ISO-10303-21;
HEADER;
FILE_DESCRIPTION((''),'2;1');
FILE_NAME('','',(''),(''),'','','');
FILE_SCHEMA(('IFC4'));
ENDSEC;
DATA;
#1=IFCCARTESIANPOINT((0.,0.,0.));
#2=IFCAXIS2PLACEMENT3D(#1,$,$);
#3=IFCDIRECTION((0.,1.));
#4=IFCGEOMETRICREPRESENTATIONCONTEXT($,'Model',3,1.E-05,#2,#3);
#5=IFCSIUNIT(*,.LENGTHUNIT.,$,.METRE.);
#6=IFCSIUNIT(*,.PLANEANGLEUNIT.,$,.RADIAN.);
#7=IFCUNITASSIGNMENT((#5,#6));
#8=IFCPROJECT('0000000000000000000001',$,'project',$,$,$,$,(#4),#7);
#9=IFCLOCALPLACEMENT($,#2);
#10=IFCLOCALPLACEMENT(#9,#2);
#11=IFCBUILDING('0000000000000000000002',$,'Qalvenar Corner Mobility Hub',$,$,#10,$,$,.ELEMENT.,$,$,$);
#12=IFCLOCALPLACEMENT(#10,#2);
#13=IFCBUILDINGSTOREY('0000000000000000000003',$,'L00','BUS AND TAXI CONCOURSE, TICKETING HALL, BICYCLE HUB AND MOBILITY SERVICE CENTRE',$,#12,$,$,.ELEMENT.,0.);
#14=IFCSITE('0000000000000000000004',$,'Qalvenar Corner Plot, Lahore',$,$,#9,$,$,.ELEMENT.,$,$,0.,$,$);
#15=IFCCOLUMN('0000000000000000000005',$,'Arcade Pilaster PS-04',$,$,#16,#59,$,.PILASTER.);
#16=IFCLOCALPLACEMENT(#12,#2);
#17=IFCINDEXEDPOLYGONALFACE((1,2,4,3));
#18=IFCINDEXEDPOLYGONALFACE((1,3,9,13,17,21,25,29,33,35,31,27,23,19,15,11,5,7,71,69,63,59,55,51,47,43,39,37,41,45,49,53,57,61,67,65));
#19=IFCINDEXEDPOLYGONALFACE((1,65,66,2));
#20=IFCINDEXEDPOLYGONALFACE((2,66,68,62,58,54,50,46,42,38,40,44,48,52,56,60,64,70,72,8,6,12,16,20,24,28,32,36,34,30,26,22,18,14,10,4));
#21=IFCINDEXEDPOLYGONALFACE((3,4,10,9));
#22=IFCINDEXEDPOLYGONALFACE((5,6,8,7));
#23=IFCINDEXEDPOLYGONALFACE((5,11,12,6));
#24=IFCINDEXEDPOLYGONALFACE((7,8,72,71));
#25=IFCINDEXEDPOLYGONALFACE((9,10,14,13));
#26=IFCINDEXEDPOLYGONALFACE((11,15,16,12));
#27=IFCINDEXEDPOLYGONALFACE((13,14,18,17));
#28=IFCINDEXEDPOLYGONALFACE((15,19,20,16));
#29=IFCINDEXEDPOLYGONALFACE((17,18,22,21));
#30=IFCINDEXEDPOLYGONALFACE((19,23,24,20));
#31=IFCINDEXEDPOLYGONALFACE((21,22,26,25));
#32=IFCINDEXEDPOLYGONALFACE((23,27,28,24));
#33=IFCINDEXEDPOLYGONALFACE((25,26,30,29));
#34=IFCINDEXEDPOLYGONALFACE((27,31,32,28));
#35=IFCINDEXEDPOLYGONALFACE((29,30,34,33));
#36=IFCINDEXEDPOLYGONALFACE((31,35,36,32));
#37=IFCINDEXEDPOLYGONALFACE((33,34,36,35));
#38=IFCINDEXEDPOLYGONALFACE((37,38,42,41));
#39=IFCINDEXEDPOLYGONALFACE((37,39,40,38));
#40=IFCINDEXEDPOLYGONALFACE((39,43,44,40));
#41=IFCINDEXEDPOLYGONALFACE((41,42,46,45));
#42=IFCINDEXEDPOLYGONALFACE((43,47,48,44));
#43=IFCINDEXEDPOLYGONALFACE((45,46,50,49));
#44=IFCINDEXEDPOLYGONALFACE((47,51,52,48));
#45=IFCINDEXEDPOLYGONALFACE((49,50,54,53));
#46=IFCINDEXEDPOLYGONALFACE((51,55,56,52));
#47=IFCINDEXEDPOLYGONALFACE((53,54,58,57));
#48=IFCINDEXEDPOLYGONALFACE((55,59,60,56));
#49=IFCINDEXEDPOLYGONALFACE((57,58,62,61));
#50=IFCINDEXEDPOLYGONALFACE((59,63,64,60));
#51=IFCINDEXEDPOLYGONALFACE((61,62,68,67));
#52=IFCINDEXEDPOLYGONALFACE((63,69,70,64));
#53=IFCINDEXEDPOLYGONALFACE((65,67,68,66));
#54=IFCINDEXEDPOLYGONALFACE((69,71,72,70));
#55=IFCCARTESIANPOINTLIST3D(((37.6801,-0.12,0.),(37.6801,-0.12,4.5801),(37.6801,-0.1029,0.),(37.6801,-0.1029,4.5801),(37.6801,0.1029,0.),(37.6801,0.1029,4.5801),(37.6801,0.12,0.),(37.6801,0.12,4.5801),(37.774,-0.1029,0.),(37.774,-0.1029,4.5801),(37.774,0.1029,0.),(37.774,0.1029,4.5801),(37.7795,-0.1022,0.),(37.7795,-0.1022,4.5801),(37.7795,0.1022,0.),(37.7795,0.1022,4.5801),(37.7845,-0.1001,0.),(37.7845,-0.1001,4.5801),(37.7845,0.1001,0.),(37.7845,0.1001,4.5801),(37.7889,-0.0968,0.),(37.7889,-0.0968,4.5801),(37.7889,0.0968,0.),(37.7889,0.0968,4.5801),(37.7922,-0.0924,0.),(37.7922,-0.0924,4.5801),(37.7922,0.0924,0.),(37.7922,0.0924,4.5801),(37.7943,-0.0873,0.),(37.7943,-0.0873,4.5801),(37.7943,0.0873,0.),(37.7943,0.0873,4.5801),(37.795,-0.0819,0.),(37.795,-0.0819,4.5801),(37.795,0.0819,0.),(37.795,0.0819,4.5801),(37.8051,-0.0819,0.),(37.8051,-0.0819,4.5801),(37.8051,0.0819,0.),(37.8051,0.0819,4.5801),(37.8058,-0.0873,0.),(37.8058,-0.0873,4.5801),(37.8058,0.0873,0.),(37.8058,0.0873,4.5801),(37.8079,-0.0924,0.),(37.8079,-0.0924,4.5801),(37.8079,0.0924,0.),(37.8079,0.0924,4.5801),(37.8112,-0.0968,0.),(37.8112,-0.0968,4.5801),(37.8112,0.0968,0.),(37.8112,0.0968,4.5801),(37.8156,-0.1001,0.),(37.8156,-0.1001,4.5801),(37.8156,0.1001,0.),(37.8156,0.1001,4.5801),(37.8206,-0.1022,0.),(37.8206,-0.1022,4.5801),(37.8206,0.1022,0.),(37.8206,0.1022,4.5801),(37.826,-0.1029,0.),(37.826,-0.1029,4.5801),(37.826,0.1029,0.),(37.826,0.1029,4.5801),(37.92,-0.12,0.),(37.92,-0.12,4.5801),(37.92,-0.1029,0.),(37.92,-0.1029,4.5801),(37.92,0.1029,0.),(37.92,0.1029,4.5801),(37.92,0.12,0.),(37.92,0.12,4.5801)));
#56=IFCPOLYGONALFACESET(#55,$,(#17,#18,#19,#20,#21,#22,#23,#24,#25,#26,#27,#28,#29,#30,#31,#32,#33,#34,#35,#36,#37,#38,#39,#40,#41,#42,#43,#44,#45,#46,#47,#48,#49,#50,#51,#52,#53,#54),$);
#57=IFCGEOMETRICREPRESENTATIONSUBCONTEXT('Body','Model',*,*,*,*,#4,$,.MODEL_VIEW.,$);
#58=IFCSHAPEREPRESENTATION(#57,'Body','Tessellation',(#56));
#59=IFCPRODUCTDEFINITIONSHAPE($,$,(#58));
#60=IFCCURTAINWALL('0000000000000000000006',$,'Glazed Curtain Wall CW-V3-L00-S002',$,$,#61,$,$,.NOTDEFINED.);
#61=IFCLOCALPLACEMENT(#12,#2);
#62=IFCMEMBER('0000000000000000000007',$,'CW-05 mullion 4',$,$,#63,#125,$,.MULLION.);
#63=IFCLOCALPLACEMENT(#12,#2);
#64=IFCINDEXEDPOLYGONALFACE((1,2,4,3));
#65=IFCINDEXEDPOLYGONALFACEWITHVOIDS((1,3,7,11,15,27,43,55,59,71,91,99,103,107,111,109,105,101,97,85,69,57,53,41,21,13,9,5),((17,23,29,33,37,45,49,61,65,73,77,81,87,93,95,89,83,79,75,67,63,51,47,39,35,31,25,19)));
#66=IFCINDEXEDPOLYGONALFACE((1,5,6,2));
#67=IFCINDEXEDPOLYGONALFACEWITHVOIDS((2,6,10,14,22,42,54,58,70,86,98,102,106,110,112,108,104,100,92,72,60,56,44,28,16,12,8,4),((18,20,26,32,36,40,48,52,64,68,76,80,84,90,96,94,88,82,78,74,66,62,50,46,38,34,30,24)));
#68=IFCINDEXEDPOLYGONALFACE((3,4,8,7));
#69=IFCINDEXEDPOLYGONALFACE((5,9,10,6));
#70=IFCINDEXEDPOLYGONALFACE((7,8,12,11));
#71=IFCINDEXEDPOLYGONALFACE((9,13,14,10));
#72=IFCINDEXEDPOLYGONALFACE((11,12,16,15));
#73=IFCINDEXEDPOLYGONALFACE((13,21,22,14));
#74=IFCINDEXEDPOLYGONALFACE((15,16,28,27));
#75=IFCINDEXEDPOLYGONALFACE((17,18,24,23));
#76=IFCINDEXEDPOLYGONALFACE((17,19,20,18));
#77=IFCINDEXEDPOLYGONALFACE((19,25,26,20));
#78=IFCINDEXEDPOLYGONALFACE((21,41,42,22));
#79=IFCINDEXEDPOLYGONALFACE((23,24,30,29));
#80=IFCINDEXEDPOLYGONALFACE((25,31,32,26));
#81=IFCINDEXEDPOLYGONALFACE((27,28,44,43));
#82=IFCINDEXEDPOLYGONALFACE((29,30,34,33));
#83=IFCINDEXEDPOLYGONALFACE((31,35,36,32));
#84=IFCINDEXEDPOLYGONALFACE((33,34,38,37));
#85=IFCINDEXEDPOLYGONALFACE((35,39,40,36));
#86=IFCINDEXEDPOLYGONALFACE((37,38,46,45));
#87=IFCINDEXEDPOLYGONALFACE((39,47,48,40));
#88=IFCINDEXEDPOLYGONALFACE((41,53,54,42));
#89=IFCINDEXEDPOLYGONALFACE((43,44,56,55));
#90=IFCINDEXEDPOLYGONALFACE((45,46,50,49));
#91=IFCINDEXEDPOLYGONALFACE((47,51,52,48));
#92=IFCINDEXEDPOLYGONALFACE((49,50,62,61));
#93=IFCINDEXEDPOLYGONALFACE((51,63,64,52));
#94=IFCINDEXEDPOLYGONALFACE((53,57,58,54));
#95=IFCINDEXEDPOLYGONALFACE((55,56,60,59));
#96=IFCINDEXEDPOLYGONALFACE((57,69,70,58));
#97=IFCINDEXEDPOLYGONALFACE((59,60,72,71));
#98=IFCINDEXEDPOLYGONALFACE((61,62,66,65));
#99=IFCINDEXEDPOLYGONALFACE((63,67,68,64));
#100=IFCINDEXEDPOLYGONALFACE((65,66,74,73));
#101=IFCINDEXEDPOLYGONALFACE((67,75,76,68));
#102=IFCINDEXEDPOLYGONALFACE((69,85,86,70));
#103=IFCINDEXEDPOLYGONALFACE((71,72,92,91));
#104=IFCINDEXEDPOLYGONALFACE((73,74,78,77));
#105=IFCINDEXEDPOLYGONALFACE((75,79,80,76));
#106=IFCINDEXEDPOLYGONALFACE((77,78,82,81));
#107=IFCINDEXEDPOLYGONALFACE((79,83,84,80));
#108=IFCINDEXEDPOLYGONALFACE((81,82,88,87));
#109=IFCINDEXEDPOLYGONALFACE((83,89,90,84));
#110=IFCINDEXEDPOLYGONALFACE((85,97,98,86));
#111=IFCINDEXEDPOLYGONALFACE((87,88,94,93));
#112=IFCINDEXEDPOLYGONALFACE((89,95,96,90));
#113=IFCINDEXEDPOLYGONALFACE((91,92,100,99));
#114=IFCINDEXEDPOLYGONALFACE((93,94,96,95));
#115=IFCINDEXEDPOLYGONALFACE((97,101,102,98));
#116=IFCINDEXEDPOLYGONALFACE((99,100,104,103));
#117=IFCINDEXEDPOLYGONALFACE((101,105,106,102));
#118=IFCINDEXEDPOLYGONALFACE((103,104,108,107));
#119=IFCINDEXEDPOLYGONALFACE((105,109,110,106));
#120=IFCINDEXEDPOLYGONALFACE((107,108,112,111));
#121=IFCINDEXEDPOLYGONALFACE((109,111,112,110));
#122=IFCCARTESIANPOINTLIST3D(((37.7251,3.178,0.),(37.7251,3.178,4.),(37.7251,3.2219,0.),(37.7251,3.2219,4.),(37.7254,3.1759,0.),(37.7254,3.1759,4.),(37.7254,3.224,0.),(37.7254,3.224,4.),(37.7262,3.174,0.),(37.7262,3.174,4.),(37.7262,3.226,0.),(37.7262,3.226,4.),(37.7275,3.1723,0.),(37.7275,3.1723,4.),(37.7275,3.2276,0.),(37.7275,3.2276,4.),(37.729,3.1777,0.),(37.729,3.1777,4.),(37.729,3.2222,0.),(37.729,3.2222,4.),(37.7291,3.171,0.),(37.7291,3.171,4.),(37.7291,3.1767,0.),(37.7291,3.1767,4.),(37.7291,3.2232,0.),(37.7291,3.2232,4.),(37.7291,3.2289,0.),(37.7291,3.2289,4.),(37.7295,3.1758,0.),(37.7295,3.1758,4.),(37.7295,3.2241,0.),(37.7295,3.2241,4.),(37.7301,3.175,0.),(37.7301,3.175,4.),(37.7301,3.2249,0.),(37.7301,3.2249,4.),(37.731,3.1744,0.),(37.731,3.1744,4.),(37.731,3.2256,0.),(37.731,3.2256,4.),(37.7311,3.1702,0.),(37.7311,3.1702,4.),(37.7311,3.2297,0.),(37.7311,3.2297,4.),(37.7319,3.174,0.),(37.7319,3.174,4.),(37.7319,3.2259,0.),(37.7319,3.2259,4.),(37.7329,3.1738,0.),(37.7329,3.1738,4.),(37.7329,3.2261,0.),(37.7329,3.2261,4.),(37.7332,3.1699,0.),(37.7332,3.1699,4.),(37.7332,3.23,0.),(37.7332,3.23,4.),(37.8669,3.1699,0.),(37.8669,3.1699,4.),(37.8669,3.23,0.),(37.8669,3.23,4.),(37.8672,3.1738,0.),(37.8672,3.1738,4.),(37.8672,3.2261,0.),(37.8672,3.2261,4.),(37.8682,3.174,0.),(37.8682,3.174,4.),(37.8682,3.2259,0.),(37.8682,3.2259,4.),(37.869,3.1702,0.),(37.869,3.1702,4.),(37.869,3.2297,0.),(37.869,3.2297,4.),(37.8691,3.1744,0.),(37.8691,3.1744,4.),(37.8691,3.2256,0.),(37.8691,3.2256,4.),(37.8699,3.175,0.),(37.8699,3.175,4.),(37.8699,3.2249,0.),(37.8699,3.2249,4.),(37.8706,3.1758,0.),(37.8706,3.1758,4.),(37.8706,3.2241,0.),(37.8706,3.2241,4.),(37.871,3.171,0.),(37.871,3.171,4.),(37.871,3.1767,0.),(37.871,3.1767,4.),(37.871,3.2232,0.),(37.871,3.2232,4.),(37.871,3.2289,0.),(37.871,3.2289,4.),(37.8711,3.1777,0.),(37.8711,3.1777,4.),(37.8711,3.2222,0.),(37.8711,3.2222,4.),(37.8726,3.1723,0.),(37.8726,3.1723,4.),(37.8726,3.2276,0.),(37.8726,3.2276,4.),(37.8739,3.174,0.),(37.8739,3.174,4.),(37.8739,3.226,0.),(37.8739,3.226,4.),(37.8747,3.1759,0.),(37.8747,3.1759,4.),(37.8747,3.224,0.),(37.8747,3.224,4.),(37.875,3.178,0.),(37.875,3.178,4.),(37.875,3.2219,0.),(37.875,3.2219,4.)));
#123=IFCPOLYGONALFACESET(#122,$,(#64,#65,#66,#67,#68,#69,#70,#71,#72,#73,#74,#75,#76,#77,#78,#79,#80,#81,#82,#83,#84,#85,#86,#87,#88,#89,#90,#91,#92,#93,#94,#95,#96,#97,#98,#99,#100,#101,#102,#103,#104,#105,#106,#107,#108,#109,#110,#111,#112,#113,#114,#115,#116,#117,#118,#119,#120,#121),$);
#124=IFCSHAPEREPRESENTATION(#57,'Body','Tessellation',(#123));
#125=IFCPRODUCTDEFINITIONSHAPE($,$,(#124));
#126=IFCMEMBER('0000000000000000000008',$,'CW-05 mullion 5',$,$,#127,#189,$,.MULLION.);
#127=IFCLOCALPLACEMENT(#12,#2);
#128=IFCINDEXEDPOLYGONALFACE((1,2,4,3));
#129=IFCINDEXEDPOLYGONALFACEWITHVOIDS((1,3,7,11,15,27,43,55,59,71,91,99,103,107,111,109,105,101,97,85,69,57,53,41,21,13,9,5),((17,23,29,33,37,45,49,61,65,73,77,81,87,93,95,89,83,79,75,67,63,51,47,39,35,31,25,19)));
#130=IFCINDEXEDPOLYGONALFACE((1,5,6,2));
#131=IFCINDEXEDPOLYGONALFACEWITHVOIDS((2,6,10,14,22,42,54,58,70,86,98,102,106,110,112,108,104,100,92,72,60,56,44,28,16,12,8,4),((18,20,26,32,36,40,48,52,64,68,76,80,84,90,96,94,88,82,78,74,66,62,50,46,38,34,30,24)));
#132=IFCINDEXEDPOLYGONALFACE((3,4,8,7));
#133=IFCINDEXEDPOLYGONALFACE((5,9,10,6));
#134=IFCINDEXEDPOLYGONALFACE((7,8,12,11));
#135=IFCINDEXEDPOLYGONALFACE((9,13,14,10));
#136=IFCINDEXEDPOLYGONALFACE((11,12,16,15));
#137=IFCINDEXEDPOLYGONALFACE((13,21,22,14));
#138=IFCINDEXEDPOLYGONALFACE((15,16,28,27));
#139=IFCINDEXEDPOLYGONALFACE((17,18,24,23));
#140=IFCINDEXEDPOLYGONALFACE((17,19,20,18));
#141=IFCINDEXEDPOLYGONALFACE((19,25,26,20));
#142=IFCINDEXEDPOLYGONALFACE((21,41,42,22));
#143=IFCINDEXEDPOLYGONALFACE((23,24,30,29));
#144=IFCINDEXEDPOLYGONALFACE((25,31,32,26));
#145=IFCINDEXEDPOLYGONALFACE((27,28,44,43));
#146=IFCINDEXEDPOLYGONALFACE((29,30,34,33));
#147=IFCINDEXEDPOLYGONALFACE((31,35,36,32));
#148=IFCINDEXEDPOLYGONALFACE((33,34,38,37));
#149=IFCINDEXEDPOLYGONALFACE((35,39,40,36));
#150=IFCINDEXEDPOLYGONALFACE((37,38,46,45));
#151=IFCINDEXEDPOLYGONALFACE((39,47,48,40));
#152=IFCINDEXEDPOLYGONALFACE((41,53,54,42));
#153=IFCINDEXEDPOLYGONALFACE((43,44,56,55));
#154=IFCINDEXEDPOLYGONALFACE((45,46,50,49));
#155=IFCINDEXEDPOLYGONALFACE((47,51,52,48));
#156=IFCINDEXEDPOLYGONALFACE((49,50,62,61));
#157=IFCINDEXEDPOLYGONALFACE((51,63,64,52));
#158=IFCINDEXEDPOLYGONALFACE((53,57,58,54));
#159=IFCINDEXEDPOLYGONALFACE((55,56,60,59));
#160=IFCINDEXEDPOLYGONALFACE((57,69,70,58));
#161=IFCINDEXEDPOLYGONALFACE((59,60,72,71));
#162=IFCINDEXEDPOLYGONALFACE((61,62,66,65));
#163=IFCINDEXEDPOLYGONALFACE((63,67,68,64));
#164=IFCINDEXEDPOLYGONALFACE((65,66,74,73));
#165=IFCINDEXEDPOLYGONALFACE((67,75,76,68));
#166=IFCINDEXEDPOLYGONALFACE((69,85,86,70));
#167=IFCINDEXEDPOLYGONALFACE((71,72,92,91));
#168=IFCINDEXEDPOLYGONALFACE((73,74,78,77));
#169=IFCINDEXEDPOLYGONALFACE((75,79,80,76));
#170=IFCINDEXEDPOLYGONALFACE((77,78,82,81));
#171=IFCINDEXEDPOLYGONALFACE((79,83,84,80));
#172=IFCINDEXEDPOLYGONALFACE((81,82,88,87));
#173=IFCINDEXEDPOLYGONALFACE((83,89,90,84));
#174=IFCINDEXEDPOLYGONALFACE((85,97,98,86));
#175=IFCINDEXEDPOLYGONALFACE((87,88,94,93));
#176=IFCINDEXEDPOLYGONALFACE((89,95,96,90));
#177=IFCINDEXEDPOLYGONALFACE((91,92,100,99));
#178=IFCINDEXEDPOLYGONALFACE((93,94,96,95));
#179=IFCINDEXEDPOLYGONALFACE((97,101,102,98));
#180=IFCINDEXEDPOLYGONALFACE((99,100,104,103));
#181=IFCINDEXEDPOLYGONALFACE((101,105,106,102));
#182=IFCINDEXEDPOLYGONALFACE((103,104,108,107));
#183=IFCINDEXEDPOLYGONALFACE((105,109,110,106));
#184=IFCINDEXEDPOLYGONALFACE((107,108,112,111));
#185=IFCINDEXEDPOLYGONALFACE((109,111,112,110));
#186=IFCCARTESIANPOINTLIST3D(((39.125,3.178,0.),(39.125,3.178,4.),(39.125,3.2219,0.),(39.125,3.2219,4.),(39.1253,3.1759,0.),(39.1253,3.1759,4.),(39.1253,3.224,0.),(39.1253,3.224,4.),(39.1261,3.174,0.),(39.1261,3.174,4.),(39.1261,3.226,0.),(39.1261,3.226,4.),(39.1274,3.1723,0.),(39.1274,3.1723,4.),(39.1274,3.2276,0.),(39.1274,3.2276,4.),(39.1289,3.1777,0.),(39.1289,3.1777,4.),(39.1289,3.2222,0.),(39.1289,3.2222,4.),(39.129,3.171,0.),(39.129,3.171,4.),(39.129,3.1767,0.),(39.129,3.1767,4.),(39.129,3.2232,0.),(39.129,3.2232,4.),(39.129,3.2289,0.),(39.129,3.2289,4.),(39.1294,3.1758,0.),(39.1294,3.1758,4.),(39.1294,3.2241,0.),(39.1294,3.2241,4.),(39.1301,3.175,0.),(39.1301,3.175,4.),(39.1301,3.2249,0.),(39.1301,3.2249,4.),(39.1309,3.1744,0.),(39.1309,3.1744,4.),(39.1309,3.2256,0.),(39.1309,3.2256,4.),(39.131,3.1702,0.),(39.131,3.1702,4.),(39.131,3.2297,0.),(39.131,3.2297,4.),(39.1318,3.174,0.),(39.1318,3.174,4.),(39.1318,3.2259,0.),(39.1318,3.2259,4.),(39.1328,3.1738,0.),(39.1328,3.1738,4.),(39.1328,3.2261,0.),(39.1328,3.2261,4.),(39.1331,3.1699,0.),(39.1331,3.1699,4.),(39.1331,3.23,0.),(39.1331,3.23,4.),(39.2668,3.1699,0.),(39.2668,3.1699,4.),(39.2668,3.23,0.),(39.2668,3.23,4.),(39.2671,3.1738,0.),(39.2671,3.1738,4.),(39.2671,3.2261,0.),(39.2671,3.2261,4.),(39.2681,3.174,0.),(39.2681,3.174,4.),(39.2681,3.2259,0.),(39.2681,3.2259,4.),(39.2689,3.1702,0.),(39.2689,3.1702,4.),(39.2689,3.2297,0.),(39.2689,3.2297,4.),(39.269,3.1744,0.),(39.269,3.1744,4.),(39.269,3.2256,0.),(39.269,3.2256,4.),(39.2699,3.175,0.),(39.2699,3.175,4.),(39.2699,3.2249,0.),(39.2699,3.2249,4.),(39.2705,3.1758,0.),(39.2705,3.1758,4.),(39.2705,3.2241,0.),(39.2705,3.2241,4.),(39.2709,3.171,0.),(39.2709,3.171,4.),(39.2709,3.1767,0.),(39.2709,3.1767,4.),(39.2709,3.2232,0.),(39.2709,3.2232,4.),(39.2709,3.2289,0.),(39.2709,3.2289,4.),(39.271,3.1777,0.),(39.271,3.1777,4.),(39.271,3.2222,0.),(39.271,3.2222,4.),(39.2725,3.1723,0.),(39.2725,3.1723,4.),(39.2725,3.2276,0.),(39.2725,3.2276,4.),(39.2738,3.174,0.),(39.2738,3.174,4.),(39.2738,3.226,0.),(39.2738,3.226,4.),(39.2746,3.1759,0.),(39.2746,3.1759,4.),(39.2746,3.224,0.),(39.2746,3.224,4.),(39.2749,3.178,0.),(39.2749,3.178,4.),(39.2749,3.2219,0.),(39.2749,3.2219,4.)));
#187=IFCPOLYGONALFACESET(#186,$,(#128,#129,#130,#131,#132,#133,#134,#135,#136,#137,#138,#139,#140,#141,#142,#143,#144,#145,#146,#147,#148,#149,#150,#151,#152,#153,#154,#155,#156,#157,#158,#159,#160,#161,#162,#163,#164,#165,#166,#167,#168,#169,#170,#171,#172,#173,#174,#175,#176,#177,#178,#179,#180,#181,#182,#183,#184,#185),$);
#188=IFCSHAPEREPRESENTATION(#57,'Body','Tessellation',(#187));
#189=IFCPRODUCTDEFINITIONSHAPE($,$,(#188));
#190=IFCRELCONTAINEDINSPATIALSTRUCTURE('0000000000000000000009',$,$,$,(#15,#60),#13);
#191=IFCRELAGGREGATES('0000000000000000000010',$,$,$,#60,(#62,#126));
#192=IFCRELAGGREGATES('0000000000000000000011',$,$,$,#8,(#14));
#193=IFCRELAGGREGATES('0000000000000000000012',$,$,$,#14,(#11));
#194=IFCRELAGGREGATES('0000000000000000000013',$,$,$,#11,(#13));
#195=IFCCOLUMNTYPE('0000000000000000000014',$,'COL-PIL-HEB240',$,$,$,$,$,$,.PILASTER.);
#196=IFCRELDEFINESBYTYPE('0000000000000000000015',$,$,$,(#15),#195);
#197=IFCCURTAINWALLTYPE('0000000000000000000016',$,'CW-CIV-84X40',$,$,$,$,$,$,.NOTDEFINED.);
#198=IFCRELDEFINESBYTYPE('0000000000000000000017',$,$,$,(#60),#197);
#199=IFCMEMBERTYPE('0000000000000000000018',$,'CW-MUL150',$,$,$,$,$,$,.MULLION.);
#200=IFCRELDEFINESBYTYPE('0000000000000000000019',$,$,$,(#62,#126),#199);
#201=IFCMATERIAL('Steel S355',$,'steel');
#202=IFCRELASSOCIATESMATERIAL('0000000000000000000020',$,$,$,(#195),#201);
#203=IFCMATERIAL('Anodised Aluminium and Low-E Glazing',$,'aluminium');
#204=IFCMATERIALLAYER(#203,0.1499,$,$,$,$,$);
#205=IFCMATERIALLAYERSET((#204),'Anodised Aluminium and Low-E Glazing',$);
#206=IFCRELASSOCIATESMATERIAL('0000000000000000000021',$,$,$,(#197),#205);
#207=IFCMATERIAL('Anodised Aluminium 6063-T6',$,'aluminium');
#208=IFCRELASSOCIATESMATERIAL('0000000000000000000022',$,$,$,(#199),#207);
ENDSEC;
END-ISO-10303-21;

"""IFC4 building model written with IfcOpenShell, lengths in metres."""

from ifc_helpers import new_model, si_unit, direction, frame, origin, origin_2d, place, context, subcontext, project, spatial, hollow_rectangle, i_section, extrude, material, layer, layer_set, material_profile, profile_set, type_object, element, aggregate, save


model = new_model("IFC4")

# Units and contexts
model_context = context("Model", 3, precision=1e-05, world=origin(), true_north=direction((0.0, 1.0)))
body_context = subcontext(model_context, "Body", "Model", "MODEL_VIEW")
ifc_project = project(units=[si_unit("LENGTHUNIT", "METRE"), si_unit("PLANEANGLEUNIT", "RADIAN")], contexts=[model_context])

# Site, building, storey
site_placement = place(None, origin())
site = spatial("IfcSite", under=ifc_project, at=site_placement, Name="Qalvenar Corner Plot, Lahore", CompositionType="ELEMENT", RefElevation=0.0)
building_placement = place(site_placement, origin())
building = spatial("IfcBuilding", under=site, at=building_placement, Name="Qalvenar Corner Mobility Hub", CompositionType="ELEMENT")
storey_placement = place(building_placement, origin())
storey = spatial("IfcBuildingStorey", under=building, at=storey_placement, Name="L00", Description="BUS AND TAXI CONCOURSE, TICKETING HALL, BICYCLE HUB AND MOBILITY SERVICE CENTRE", CompositionType="ELEMENT", Elevation=0.0)

# Column
ifc_material_1 = material(Name="Steel S355", Category="steel")
ifc_material_profile_1 = material_profile(ifc_material_1, i_section(OverallWidth=0.24, OverallDepth=0.24, WebThickness=0.01, FlangeThickness=0.0171, FilletRadius=0.021, at=origin_2d()), Name="HEB240")
ifc_profile_set_1 = profile_set([ifc_material_profile_1], Name="Steel S355")
column_type = type_object("IfcColumnType", Name="COL-PIL-HEB240", PredefinedType="PILASTER", material=ifc_profile_set_1)
column_placement = place(storey_placement, frame((37.8, 0.0, 0.0), z_axis=(0.0, 0.0, 1.0), x_axis=(1.0, 0.0, 0.0)))
element("IfcColumn", 1, at=column_placement, inside=storey, type_object=column_type, Name="Arcade Pilaster PS-04", PredefinedType="PILASTER", context=body_context, shape_type="SweptSolid", body=[
    extrude(i_section(OverallWidth=0.24, OverallDepth=0.24, WebThickness=0.01, FlangeThickness=0.0171, FilletRadius=0.021, at=origin_2d()), origin(), (0.0, 0.0, 1.0), 4.5801),
])

# Curtain wall, members
ifc_material_2 = material(Name="Anodised Aluminium and Low-E Glazing", Category="aluminium")
ifc_layer_1 = layer(ifc_material_2, 0.1499)
ifc_layer_set_1 = layer_set([ifc_layer_1], Name="Anodised Aluminium and Low-E Glazing")
curtain_wall_type = type_object("IfcCurtainWallType", Name="CW-CIV-84X40", PredefinedType="NOTDEFINED", material=ifc_layer_set_1)
curtain_wall_placement = place(storey_placement, origin())
curtain_wall = element("IfcCurtainWall", 2, at=curtain_wall_placement, inside=storey, type_object=curtain_wall_type, Name="Glazed Curtain Wall CW-V3-L00-S002", PredefinedType="NOTDEFINED")
ifc_material_3 = material(Name="Anodised Aluminium 6063-T6", Category="aluminium")
ifc_material_profile_2 = material_profile(ifc_material_3, hollow_rectangle(XDim=0.0601, YDim=0.1499, WallThickness=0.0039, InnerFilletRadius=0.0039, OuterFilletRadius=0.0081, at=origin_2d()), Name="RHS150x60x4")
ifc_profile_set_2 = profile_set([ifc_material_profile_2], Name="Anodised Aluminium 6063-T6")
member_type_1 = type_object("IfcMemberType", Name="CW-MUL150", PredefinedType="MULLION", material=ifc_profile_set_2)
member_1_placement = place(storey_placement, frame((37.8, 3.2, 0.0), z_axis=(0.0, 0.0, 1.0), x_axis=(0.0, 1.0, 0.0)))
member_1 = element("IfcMember", 3, at=member_1_placement, type_object=member_type_1, Name="CW-05 mullion 4", PredefinedType="MULLION", context=body_context, shape_type="SweptSolid", body=[
    extrude(hollow_rectangle(XDim=0.0601, YDim=0.1499, WallThickness=0.0039, InnerFilletRadius=0.0039, OuterFilletRadius=0.0081, at=origin_2d()), origin(), (0.0, 0.0, 1.0), 4.0),
])
member_2_placement = place(storey_placement, frame((39.2, 3.2, 0.0), z_axis=(0.0, 0.0, 1.0), x_axis=(0.0, 1.0, 0.0)))
member_2 = element("IfcMember", 4, at=member_2_placement, type_object=member_type_1, Name="CW-05 mullion 5", PredefinedType="MULLION", context=body_context, shape_type="SweptSolid", body=[
    extrude(hollow_rectangle(XDim=0.0601, YDim=0.1499, WallThickness=0.0039, InnerFilletRadius=0.0039, OuterFilletRadius=0.0081, at=origin_2d()), origin(), (0.0, 0.0, 1.0), 4.0),
])
aggregate(curtain_wall, [member_1, member_2])

save(model, "model.ifc")
